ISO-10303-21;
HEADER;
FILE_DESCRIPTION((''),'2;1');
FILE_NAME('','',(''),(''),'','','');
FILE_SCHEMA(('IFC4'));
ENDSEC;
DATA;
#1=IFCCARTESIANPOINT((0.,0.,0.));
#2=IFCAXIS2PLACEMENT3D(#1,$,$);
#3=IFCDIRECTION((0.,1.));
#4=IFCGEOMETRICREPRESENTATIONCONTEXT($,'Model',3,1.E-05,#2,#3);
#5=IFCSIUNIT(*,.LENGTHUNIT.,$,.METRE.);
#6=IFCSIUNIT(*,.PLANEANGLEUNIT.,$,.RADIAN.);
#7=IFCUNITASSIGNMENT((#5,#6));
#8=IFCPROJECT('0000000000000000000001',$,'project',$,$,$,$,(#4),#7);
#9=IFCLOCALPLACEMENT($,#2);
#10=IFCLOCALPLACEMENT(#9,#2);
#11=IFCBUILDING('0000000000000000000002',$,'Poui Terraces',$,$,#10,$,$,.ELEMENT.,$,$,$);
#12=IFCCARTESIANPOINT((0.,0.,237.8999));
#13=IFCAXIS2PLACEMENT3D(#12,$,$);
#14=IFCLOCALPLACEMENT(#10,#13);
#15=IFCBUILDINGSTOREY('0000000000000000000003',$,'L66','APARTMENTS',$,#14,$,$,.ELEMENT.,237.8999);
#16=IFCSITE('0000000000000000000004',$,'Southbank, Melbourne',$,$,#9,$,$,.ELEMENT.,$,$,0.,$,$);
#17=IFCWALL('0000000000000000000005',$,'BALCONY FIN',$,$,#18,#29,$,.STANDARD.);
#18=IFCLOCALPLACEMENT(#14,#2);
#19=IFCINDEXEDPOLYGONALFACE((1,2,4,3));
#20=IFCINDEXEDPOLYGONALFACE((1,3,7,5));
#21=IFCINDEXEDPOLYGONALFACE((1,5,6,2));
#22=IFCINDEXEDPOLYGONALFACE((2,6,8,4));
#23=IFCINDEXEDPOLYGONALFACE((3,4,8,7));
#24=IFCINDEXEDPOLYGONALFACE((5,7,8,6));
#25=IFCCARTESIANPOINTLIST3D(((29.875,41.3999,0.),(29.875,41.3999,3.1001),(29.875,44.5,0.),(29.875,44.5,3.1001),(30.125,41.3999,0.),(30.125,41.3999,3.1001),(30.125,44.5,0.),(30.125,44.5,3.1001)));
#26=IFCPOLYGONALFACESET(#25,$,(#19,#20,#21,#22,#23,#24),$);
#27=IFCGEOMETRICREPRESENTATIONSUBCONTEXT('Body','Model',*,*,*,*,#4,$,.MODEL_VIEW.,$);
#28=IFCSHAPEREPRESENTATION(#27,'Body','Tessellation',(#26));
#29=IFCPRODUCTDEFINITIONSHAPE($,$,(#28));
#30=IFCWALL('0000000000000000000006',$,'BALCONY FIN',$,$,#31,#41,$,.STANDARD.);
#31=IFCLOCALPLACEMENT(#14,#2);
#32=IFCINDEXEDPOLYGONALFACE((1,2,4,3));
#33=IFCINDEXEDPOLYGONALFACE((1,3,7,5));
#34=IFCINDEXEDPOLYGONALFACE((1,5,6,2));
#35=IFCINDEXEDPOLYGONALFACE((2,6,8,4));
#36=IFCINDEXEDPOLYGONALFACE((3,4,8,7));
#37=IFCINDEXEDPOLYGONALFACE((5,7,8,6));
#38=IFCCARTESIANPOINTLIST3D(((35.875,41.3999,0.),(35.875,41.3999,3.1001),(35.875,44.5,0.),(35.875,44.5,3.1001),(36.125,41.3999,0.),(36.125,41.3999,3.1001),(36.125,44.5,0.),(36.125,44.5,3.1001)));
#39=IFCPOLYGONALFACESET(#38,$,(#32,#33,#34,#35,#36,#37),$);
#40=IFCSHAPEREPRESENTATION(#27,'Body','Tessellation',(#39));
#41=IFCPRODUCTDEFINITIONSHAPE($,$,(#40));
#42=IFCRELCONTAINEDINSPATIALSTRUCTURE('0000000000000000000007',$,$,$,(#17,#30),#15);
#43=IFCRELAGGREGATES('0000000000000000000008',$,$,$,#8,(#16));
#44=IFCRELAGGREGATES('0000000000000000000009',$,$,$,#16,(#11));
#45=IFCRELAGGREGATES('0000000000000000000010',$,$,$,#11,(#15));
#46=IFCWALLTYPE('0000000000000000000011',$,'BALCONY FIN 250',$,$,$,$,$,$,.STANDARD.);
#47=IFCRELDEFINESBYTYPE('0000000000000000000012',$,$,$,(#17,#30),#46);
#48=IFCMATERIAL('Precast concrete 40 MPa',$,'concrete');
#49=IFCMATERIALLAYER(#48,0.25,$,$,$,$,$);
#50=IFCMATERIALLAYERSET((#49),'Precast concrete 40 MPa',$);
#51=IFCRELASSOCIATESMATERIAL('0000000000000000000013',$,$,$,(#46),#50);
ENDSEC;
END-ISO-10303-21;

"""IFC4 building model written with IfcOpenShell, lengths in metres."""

from ifc_helpers import new_model, si_unit, direction, frame, origin, place, context, subcontext, project, spatial, polyline, outline, extrude, source, transform, mapped, material, layer, layer_set, type_object, element, save


model = new_model("IFC4")

# Units and contexts
model_context = context("Model", 3, precision=1e-05, world=origin(), true_north=direction((0.0, 1.0)))
body_context = subcontext(model_context, "Body", "Model", "MODEL_VIEW")
ifc_project = project(units=[si_unit("LENGTHUNIT", "METRE"), si_unit("PLANEANGLEUNIT", "RADIAN")], contexts=[model_context])

# Site, building, storey
site_placement = place(None, origin())
site = spatial("IfcSite", under=ifc_project, at=site_placement, Name="Southbank, Melbourne", CompositionType="ELEMENT", RefElevation=0.0)
building_placement = place(site_placement, origin())
building = spatial("IfcBuilding", under=site, at=building_placement, Name="Poui Terraces", CompositionType="ELEMENT")
storey_placement = place(building_placement, frame((0.0, 0.0, 237.8999)))
storey = spatial("IfcBuildingStorey", under=building, at=storey_placement, Name="L66", Description="APARTMENTS", CompositionType="ELEMENT", Elevation=237.8999)

# Walls
ifc_material_1 = material(Name="Precast concrete 40 MPa", Category="concrete")
ifc_layer_1 = layer(ifc_material_1, 0.25)
ifc_layer_set_1 = layer_set([ifc_layer_1], Name="Precast concrete 40 MPa")
wall_type_1 = type_object("IfcWallType", Name="BALCONY FIN 250", PredefinedType="STANDARD", material=ifc_layer_set_1)
shared_shape_1 = source(origin(), body_context, "Body", "SweptSolid", [
    extrude(outline(polyline([(0.0, 0.0), (0.25, 0.0), (0.25, 3.1001), (0.0, 3.1001), (0.0, 0.0)])), origin(), (0.0, 0.0, 1.0), 3.1001),
])
for number, where, name in (
    (1, (29.875, 41.3999, 0.0), "BALCONY FIN"),
    (2, (35.875, 41.3999, 0.0), "BALCONY FIN"),
):
    element("IfcWall", number, at=place(storey_placement, frame(where)), inside=storey, type_object=wall_type_1, Name=name, PredefinedType="STANDARD", context=body_context, shape_type="MappedRepresentation", body=[
        mapped(shared_shape_1, transform((0.0, 0.0, 0.0))),
    ])

save(model, "model.ifc")
